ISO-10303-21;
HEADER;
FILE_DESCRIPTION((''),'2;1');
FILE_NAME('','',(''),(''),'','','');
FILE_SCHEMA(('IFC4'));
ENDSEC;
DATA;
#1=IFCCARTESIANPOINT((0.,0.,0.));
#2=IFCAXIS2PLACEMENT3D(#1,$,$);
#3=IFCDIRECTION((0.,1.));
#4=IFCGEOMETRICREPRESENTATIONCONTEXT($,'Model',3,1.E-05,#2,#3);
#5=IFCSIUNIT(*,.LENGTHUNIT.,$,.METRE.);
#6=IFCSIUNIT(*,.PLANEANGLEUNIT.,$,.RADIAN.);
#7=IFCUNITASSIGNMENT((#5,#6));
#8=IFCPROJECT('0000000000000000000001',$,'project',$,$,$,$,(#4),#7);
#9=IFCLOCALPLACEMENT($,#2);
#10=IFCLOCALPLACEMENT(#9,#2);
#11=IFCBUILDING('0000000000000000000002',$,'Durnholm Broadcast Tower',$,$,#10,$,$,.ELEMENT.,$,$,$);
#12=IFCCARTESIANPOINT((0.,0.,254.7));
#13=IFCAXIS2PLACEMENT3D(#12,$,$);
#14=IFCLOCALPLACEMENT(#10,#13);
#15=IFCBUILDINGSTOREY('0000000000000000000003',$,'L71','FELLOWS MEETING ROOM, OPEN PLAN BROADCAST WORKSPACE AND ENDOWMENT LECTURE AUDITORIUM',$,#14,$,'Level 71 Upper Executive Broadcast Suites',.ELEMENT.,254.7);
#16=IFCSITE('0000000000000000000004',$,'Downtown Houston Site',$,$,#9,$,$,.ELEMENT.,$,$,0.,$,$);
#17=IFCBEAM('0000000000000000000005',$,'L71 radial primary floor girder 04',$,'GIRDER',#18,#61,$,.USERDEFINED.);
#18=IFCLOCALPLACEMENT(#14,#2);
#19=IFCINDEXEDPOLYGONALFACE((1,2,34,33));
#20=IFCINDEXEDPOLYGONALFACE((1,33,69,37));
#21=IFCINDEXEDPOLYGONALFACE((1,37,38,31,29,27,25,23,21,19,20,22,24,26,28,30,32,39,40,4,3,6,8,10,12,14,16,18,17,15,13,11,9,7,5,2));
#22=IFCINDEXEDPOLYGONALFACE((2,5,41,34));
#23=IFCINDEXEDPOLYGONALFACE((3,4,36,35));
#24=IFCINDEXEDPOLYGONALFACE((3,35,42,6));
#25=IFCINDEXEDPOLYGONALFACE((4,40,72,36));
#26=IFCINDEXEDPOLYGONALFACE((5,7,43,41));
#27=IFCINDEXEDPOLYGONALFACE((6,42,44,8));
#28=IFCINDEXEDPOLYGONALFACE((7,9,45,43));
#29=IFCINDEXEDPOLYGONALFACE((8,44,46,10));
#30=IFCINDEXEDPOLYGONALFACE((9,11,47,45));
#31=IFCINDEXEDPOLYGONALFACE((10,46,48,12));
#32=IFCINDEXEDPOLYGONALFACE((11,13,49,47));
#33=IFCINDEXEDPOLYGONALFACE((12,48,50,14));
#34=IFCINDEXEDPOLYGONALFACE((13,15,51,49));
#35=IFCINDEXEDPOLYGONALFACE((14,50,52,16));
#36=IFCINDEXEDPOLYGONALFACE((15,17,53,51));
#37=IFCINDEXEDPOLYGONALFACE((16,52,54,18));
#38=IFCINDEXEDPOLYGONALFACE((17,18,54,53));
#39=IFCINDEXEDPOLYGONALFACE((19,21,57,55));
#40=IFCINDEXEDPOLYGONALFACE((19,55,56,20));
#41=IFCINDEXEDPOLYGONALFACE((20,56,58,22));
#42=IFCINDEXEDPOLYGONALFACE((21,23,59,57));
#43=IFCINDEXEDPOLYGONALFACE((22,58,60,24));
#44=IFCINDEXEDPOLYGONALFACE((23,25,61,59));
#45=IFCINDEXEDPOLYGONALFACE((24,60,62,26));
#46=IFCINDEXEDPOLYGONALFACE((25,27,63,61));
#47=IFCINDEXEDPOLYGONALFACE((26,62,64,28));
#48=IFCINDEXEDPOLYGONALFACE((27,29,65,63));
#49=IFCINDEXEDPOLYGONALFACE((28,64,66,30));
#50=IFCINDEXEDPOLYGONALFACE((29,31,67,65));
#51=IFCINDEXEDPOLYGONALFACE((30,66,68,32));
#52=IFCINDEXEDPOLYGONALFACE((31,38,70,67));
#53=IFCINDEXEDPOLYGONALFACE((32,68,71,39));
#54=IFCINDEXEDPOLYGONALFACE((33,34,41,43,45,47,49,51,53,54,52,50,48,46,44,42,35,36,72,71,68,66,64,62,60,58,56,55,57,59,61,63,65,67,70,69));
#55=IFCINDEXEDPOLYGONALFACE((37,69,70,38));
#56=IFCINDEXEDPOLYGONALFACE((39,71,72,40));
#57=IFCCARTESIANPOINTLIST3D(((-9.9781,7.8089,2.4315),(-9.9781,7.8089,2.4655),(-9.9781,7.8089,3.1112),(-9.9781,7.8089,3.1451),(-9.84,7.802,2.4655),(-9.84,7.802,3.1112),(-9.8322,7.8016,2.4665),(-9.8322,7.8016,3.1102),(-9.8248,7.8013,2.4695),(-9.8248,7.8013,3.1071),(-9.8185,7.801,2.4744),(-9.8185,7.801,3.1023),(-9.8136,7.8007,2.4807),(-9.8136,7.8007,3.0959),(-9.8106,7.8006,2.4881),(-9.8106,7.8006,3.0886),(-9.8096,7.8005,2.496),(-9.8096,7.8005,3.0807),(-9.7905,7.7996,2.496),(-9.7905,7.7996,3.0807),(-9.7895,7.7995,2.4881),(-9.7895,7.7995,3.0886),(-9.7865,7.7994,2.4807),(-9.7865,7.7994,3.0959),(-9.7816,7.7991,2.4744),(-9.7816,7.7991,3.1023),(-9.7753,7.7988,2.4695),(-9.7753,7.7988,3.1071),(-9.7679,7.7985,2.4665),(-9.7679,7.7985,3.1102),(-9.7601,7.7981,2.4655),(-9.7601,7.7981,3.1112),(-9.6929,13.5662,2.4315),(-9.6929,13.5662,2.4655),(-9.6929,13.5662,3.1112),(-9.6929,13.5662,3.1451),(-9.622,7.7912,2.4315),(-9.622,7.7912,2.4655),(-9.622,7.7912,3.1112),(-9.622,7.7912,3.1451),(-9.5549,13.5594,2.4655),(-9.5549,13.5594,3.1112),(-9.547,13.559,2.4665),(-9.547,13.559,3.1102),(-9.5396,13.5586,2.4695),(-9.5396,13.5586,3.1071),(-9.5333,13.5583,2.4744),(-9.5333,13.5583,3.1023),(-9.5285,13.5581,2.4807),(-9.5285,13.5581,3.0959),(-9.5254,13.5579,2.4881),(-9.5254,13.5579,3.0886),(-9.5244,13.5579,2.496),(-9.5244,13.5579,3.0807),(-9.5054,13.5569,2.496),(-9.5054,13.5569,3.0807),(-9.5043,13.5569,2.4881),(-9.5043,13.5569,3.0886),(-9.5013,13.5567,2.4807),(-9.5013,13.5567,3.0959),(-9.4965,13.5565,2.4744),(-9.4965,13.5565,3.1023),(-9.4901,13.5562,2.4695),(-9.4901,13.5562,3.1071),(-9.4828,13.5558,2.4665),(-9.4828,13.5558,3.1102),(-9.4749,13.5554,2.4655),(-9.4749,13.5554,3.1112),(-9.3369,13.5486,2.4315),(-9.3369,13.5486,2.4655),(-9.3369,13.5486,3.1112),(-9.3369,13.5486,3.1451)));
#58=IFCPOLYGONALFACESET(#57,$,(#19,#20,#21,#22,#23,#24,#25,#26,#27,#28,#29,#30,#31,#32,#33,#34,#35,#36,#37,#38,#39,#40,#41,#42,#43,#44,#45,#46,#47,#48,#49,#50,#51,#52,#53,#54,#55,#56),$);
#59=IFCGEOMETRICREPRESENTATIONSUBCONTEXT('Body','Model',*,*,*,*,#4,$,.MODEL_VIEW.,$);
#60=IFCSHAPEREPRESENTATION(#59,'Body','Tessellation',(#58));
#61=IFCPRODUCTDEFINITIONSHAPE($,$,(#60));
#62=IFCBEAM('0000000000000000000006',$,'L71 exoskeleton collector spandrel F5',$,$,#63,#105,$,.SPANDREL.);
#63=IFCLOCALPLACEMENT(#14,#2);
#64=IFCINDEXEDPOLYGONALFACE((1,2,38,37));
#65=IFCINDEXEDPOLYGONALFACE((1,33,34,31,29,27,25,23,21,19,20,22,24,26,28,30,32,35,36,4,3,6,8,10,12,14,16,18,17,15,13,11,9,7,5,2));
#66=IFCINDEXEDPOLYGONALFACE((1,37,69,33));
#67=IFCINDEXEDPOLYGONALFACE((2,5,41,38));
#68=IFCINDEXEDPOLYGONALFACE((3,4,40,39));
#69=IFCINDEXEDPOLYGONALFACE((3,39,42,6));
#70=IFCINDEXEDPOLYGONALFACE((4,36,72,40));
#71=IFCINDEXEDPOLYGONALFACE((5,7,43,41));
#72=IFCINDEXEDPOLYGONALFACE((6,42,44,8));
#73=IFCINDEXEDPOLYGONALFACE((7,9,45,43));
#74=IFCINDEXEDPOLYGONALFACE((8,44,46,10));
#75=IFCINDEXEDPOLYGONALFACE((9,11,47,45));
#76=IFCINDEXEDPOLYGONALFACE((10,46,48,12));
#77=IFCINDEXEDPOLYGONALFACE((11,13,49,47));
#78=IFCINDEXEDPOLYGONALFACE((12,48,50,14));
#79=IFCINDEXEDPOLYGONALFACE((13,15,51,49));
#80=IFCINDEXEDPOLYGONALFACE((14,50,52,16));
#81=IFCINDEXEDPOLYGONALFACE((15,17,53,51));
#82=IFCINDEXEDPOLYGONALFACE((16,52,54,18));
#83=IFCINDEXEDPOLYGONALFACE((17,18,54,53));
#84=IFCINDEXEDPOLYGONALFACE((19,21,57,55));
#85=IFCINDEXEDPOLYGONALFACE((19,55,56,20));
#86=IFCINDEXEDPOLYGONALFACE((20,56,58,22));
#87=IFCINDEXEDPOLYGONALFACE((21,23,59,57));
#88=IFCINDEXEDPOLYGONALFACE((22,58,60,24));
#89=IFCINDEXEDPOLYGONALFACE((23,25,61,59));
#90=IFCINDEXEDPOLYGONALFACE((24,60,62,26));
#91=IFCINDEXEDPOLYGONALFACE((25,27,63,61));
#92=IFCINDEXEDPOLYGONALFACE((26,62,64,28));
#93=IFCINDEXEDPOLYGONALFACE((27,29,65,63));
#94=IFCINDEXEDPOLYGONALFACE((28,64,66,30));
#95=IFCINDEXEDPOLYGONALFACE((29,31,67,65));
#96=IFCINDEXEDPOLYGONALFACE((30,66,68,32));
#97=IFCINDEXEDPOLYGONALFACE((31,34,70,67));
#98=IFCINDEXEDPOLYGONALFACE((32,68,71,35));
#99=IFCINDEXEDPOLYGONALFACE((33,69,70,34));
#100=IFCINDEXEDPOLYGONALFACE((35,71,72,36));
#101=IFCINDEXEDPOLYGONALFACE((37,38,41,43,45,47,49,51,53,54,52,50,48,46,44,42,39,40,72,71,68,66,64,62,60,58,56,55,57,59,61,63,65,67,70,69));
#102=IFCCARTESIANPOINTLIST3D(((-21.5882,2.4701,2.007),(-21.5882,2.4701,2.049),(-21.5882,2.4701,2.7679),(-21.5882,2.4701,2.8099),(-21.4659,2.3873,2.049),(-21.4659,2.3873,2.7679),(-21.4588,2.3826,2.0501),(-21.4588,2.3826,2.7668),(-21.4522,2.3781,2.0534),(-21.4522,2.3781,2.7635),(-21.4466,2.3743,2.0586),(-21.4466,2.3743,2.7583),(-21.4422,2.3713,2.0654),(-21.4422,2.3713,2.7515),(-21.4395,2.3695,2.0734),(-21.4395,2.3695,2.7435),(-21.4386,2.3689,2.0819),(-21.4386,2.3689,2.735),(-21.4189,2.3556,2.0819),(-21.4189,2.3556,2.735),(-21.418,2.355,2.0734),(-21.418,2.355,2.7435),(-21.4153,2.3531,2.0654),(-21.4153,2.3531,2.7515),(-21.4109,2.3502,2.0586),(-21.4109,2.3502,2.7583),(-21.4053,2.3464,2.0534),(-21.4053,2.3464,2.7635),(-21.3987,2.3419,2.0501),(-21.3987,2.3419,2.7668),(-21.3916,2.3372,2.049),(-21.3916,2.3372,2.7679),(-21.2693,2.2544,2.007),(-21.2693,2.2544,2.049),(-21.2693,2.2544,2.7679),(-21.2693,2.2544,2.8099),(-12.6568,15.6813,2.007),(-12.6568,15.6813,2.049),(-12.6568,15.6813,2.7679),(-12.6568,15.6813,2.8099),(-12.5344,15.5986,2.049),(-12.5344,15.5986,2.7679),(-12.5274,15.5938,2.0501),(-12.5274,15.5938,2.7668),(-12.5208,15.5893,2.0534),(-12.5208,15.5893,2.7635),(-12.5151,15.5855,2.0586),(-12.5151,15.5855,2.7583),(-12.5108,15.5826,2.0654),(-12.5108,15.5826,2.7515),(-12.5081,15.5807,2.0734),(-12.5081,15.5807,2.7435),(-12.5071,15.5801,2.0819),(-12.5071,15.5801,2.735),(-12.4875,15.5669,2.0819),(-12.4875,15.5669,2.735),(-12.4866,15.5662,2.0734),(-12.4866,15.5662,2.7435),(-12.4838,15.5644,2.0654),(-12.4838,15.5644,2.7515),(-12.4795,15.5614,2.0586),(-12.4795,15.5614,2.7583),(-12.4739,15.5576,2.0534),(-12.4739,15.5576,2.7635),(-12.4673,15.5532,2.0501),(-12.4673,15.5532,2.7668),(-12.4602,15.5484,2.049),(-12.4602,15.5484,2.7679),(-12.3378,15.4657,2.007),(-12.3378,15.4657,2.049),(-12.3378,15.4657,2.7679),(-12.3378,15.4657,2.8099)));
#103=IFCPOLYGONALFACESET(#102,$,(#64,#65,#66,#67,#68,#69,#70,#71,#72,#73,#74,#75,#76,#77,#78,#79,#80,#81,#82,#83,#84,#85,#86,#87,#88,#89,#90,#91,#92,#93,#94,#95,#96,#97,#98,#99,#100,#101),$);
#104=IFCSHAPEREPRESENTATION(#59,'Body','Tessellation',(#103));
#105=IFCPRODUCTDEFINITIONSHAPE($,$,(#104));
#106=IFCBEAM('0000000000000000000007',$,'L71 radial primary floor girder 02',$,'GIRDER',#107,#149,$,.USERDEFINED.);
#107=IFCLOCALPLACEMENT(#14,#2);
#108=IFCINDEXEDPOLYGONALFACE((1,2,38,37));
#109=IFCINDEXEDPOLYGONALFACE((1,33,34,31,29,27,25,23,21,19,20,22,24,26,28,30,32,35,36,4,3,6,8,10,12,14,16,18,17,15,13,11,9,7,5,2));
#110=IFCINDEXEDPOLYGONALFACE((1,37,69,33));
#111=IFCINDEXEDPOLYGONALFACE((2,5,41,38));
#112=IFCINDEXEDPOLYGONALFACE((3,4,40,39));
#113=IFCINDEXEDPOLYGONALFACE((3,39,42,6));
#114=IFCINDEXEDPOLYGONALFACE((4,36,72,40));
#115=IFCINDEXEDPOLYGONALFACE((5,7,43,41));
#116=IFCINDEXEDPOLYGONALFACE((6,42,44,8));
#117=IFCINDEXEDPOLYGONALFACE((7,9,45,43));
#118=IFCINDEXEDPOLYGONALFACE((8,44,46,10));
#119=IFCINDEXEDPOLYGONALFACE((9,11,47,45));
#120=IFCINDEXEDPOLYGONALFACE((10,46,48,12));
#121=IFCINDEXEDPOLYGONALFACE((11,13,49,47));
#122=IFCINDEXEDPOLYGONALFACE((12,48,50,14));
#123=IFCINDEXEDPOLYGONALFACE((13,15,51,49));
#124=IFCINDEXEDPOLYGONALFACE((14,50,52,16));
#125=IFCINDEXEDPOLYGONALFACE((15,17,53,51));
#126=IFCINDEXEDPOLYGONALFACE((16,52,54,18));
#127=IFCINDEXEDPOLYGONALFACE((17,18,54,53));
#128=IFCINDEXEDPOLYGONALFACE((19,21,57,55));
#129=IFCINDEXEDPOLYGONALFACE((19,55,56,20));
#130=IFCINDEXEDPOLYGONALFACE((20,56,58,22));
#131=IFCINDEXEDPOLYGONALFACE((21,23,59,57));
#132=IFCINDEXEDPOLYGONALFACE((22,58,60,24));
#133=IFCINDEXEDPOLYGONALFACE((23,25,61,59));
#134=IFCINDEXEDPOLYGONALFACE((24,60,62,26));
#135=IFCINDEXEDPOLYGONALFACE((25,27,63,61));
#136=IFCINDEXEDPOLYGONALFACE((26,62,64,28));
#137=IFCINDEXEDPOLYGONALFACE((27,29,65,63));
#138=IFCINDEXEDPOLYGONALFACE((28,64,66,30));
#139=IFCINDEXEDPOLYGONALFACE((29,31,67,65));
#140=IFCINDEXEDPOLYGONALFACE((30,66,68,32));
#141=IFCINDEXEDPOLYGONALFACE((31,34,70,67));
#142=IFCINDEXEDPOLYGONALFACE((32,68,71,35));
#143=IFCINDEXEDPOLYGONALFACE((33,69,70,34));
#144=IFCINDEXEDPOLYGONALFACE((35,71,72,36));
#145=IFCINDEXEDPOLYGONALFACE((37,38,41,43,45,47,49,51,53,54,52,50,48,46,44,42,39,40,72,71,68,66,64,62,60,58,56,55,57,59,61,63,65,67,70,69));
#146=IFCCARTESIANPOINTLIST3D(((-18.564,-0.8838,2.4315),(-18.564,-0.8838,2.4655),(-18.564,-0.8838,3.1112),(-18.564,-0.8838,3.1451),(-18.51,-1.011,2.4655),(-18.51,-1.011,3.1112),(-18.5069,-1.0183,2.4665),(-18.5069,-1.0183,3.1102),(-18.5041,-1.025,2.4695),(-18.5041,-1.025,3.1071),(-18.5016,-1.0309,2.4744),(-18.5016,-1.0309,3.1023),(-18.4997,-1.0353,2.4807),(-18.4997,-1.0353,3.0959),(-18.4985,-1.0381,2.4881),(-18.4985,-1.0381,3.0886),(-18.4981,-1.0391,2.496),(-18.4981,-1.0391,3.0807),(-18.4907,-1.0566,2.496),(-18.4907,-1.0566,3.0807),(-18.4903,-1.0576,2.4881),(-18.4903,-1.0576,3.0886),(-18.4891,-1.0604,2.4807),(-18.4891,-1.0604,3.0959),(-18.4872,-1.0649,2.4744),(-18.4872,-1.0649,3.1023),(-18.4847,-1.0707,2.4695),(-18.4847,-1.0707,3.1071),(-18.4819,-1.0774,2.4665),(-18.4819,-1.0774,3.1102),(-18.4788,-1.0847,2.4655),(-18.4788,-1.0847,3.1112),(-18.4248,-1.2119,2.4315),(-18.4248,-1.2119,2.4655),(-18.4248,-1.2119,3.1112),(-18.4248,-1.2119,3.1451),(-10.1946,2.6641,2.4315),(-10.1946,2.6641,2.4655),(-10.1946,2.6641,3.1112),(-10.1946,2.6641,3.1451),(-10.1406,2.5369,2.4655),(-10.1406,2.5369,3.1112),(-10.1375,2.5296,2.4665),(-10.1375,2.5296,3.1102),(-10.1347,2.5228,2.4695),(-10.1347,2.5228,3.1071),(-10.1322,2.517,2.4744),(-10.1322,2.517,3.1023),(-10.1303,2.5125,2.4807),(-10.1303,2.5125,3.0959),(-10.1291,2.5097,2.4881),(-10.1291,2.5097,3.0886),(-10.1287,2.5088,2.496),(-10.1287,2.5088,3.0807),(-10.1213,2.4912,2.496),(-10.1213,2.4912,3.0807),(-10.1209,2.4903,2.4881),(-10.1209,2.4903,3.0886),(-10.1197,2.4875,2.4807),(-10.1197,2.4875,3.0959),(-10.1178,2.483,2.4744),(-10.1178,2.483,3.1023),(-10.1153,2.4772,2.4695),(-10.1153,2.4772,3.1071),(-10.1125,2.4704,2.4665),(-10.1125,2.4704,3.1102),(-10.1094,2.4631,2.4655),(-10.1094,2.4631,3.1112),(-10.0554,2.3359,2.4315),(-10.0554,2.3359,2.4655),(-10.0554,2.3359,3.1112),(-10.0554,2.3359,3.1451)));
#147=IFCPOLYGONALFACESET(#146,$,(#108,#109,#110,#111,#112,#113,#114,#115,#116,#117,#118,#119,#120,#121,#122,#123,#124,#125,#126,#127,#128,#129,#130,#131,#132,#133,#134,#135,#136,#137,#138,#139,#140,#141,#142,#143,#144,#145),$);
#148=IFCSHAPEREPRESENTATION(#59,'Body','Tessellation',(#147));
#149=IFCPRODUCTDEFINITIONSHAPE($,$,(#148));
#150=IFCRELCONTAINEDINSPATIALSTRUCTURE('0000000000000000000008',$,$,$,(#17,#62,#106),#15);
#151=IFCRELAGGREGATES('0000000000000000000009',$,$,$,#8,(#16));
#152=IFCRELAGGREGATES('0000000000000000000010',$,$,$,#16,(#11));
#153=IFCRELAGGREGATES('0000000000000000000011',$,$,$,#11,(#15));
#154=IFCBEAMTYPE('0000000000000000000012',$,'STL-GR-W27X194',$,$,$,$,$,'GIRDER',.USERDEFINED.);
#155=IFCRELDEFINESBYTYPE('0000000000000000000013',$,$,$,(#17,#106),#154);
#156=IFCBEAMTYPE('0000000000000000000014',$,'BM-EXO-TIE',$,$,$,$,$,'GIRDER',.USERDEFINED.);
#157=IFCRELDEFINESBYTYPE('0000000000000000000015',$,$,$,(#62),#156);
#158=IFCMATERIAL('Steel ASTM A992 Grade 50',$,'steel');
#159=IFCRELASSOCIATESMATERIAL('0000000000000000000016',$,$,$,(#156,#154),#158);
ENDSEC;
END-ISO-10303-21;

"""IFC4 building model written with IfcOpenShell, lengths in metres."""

from ifc_helpers import new_model, si_unit, direction, frame, origin, origin_2d, place, context, subcontext, project, spatial, i_section, extrude, source, transform, mapped, material, material_profile, profile_set, type_object, element, save


model = new_model("IFC4")

# Units and contexts
model_context = context("Model", 3, precision=1e-05, world=origin(), true_north=direction((0.0, 1.0)))
body_context = subcontext(model_context, "Body", "Model", "MODEL_VIEW")
ifc_project = project(units=[si_unit("LENGTHUNIT", "METRE"), si_unit("PLANEANGLEUNIT", "RADIAN")], contexts=[model_context])

# Site, building, storey
site_placement = place(None, origin())
site = spatial("IfcSite", under=ifc_project, at=site_placement, Name="Downtown Houston Site", CompositionType="ELEMENT", RefElevation=0.0)
building_placement = place(site_placement, origin())
building = spatial("IfcBuilding", under=site, at=building_placement, Name="Durnholm Broadcast Tower", CompositionType="ELEMENT")
storey_placement = place(building_placement, frame((0.0, 0.0, 254.7)))
storey = spatial("IfcBuildingStorey", under=building, at=storey_placement, Name="L71", Description="FELLOWS MEETING ROOM, OPEN PLAN BROADCAST WORKSPACE AND ENDOWMENT LECTURE AUDITORIUM", LongName="Level 71 Upper Executive Broadcast Suites", CompositionType="ELEMENT", Elevation=254.7)

# Beams
ifc_material_1 = material(Name="Steel ASTM A992 Grade 50", Category="steel")
ifc_material_profile_1 = material_profile(ifc_material_1, i_section(OverallWidth=0.385, OverallDepth=0.803, WebThickness=0.0237, FlangeThickness=0.042, FilletRadius=0.033, at=origin_2d()), Name="W30X261")
ifc_profile_set_1 = profile_set([ifc_material_profile_1], Name="Steel ASTM A992 Grade 50")
beam_type_1 = type_object("IfcBeamType", Name="BM-EXO-TIE", ElementType="GIRDER", PredefinedType="USERDEFINED", material=ifc_profile_set_1)
ifc_material_profile_2 = material_profile(ifc_material_1, i_section(OverallWidth=0.3564, OverallDepth=0.7136, WebThickness=0.019, FlangeThickness=0.0339, FilletRadius=0.0305, at=origin_2d()), Name="W27X194")
ifc_profile_set_2 = profile_set([ifc_material_profile_2], Name="Steel ASTM A992 Grade 50")
beam_type_2 = type_object("IfcBeamType", Name="STL-GR-W27X194", ElementType="GIRDER", PredefinedType="USERDEFINED", material=ifc_profile_set_2)
shared_shape_1 = source(origin(), body_context, "Body", "SweptSolid", [
    extrude(i_section(OverallWidth=0.3564, OverallDepth=0.7136, WebThickness=0.019, FlangeThickness=0.0339, FilletRadius=0.0305, at=origin_2d()), origin(), (0.0, 0.0, 1.0), 5.7644),
])
beam_1_placement = place(storey_placement, frame((-9.8, 7.8, 2.7883), z_axis=(0.049469, 0.998776, 0.0), x_axis=(-0.998776, 0.049469, 0.0)))
element("IfcBeam", 1, at=beam_1_placement, inside=storey, type_object=beam_type_2, Name="L71 radial primary floor girder 04", ObjectType="GIRDER", PredefinedType="USERDEFINED", context=body_context, shape_type="MappedRepresentation", body=[
    mapped(shared_shape_1, transform((0.0, 0.0, 0.0), x_axis=(1.0, 0.0, 0.0), y_axis=(0.0, 1.0, 0.0), z_axis=(0.0, 0.0, 1.0), scale=1.0)),
])
shared_shape_2 = source(origin(), body_context, "Body", "SweptSolid", [
    extrude(i_section(OverallWidth=0.385, OverallDepth=0.803, WebThickness=0.0237, FlangeThickness=0.042, FilletRadius=0.033, at=origin_2d()), origin(), (0.0, 0.0, 1.0), 15.947),
])
beam_2_placement = place(storey_placement, frame((-12.4973, 15.5735, 2.4084), z_axis=(-0.560069, -0.828446, 0.0), x_axis=(0.828446, -0.560069, 0.0)))
element("IfcBeam", 2, at=beam_2_placement, inside=storey, type_object=beam_type_1, Name="L71 exoskeleton collector spandrel F5", PredefinedType="SPANDREL", context=body_context, shape_type="MappedRepresentation", body=[
    mapped(shared_shape_2, transform((0.0, 0.0, 0.0), x_axis=(1.0, 0.0, 0.0), y_axis=(0.0, 1.0, 0.0), z_axis=(0.0, 0.0, 1.0), scale=1.0)),
])
shared_shape_3 = source(origin(), body_context, "Body", "SweptSolid", [
    extrude(i_section(OverallWidth=0.3564, OverallDepth=0.7136, WebThickness=0.019, FlangeThickness=0.0339, FilletRadius=0.0305, at=origin_2d()), origin(), (0.0, 0.0, 1.0), 9.0903),
])
beam_3_placement = place(storey_placement, frame((-10.125, 2.5, 2.7883), z_axis=(-0.920692, -0.390289, 0.0), x_axis=(0.390289, -0.920692, 0.0)))
element("IfcBeam", 3, at=beam_3_placement, inside=storey, type_object=beam_type_2, Name="L71 radial primary floor girder 02", ObjectType="GIRDER", PredefinedType="USERDEFINED", context=body_context, shape_type="MappedRepresentation", body=[
    mapped(shared_shape_3, transform((0.0, 0.0, 0.0), x_axis=(1.0, 0.0, 0.0), y_axis=(0.0, 1.0, 0.0), z_axis=(0.0, 0.0, 1.0), scale=1.0)),
])

save(model, "model.ifc")
